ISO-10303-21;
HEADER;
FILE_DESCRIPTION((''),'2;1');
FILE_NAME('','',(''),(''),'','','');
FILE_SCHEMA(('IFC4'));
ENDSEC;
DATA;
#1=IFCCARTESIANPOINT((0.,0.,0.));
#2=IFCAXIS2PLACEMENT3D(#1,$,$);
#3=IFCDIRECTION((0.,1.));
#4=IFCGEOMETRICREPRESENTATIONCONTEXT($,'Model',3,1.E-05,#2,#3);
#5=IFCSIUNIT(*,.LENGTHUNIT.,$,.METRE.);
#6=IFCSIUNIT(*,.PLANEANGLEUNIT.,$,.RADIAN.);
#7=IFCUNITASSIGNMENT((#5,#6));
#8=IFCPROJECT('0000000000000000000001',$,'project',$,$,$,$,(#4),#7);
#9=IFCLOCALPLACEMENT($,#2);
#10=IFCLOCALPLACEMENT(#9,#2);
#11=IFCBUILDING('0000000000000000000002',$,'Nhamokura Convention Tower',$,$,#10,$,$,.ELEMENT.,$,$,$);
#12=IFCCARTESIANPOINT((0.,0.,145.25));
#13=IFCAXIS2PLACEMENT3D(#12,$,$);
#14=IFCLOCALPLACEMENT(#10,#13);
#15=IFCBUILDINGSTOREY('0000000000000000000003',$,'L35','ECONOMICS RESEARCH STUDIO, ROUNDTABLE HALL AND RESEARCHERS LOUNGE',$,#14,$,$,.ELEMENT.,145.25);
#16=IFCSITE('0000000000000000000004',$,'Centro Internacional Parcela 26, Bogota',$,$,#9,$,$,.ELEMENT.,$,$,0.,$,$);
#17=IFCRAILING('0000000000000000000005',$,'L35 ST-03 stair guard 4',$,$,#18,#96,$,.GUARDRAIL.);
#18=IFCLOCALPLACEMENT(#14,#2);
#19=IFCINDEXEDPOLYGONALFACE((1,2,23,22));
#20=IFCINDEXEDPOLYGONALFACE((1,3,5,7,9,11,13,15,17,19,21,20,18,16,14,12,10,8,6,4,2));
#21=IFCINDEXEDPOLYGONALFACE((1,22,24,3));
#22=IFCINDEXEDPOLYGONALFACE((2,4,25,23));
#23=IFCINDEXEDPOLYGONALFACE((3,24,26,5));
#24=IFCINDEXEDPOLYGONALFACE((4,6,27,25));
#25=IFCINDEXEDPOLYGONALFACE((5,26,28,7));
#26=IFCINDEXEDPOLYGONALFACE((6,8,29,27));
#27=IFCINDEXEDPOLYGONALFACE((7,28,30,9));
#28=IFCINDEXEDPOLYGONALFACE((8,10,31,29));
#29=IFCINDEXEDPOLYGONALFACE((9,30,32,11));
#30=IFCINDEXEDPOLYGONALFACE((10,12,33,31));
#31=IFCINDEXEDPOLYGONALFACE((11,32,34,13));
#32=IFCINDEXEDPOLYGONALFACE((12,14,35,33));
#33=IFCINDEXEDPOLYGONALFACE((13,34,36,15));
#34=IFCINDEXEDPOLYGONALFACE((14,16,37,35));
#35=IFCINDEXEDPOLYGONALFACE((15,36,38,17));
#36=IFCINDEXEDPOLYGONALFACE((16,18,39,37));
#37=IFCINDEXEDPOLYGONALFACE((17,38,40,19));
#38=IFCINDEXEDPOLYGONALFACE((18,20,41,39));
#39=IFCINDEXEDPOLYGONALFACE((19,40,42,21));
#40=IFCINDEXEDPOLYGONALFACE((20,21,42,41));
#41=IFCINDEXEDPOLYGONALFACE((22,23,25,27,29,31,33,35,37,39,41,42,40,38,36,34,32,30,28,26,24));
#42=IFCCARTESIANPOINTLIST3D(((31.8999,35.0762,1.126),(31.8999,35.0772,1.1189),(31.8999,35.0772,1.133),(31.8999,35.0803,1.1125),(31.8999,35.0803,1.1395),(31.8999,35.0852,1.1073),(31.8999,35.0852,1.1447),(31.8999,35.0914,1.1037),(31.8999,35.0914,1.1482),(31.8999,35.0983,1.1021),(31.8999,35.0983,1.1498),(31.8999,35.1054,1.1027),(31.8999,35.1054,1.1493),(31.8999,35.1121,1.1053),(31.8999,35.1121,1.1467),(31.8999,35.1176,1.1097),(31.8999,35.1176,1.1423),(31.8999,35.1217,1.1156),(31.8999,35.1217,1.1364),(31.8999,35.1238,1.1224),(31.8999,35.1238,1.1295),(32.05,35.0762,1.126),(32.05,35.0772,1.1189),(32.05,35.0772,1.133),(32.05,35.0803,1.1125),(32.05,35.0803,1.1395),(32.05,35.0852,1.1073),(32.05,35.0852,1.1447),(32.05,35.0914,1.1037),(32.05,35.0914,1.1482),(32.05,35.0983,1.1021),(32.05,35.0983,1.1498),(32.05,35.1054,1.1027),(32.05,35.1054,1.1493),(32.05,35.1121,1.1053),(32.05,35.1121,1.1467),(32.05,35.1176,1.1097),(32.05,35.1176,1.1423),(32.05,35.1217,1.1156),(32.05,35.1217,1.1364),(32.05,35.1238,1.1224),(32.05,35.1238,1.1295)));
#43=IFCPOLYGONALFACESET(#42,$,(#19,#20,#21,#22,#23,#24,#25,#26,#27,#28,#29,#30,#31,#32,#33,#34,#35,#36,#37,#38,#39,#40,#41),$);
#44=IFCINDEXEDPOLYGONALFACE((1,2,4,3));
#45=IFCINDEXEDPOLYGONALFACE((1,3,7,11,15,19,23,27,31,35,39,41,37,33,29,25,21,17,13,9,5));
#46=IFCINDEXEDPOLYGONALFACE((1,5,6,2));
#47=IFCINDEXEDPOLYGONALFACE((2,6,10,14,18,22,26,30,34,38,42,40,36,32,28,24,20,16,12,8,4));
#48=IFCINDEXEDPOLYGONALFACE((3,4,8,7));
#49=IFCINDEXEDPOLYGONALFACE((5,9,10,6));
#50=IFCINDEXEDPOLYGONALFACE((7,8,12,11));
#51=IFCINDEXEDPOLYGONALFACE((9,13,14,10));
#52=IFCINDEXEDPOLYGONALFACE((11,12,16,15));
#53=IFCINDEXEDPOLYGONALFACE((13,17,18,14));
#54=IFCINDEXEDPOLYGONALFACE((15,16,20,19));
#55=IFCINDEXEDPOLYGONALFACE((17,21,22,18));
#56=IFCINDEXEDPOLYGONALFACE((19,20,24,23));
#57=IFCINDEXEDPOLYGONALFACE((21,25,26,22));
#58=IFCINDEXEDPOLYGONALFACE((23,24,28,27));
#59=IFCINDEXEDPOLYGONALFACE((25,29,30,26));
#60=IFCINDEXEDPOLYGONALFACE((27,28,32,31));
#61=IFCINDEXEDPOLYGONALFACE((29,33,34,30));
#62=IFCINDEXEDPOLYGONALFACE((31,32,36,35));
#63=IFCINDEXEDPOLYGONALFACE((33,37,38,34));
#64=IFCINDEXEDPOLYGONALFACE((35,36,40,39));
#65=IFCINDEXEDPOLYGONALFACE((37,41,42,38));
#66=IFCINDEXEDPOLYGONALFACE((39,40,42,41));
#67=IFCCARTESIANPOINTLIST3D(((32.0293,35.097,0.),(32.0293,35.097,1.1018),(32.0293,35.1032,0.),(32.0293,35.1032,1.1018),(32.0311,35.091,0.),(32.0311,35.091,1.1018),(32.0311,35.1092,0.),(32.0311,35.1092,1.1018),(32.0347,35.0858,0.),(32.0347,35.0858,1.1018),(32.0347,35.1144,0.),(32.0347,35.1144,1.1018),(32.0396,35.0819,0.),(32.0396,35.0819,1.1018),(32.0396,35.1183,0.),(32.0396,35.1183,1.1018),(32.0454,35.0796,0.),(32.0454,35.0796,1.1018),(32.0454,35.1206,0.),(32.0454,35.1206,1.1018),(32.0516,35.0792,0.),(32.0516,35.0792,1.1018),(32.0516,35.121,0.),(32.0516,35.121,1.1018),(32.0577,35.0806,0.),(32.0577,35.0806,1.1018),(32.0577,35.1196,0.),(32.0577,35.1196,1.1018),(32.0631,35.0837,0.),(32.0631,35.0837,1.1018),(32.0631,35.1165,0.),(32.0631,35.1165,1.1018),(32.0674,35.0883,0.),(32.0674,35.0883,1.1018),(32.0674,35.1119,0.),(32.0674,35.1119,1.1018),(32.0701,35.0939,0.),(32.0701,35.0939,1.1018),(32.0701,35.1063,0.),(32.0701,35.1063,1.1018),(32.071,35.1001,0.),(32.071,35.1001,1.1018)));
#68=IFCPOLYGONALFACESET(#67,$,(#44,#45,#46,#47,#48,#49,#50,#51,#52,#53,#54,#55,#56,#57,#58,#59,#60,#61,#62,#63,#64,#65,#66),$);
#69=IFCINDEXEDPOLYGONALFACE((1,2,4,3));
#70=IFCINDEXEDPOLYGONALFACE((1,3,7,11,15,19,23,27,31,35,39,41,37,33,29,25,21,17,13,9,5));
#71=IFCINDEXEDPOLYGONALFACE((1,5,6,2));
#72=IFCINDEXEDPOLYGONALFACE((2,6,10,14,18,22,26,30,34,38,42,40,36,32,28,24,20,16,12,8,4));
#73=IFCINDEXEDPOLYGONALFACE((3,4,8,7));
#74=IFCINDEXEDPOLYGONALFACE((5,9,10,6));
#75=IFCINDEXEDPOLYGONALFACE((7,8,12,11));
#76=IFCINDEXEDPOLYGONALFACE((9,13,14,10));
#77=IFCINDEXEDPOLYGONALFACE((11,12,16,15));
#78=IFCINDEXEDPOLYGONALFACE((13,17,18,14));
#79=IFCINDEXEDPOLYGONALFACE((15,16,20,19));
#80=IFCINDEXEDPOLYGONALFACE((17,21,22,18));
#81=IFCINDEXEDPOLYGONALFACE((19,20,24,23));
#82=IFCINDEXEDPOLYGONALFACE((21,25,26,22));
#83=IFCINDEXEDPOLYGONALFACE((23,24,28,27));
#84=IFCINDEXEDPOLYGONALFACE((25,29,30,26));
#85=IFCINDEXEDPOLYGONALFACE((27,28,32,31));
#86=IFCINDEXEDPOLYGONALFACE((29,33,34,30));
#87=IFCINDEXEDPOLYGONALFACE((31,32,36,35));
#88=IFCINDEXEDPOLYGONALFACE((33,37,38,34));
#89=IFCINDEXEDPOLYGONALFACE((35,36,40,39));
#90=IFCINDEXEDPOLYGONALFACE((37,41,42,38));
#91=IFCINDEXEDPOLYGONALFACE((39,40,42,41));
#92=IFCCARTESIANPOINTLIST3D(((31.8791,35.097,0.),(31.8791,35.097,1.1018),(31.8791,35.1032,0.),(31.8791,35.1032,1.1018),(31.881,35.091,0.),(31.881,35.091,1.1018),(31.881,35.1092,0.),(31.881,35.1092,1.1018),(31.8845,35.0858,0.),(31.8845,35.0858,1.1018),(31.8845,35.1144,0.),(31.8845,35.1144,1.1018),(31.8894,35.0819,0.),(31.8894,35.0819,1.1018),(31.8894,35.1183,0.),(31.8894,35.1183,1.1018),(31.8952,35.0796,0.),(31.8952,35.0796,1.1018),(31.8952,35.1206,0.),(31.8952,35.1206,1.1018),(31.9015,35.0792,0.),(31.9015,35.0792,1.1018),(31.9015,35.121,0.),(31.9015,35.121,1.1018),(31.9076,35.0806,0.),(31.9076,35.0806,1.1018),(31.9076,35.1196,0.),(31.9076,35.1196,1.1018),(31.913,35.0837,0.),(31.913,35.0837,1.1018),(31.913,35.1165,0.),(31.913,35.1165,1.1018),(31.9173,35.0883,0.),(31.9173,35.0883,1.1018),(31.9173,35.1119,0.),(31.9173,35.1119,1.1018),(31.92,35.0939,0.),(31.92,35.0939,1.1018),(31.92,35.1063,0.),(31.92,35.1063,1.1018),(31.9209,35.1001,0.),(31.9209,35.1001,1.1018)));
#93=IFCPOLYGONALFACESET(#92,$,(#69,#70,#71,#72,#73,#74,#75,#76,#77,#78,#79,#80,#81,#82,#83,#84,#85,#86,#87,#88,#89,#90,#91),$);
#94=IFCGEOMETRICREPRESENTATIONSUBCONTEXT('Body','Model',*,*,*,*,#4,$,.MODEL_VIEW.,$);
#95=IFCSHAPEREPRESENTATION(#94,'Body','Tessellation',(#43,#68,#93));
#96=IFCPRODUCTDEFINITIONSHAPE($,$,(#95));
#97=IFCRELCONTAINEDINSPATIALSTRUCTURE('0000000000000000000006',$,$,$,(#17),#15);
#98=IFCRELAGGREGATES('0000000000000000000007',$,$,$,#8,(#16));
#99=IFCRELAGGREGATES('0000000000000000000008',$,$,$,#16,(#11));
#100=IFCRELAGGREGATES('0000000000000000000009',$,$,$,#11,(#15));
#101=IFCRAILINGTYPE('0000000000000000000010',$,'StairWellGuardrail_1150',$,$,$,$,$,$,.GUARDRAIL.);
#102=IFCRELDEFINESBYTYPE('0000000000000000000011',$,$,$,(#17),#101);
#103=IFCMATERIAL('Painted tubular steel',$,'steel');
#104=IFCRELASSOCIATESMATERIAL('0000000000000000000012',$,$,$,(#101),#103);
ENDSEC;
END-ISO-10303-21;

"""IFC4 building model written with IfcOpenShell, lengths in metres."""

from ifc_helpers import new_model, si_unit, direction, frame, origin, origin_2d, place, context, subcontext, project, spatial, circle, extrude, material, type_object, element, save


model = new_model("IFC4")

# Units and contexts
model_context = context("Model", 3, precision=1e-05, world=origin(), true_north=direction((0.0, 1.0)))
body_context = subcontext(model_context, "Body", "Model", "MODEL_VIEW")
ifc_project = project(units=[si_unit("LENGTHUNIT", "METRE"), si_unit("PLANEANGLEUNIT", "RADIAN")], contexts=[model_context])

# Site, building, storey
site_placement = place(None, origin())
site = spatial("IfcSite", under=ifc_project, at=site_placement, Name="Centro Internacional Parcela 26, Bogota", CompositionType="ELEMENT", RefElevation=0.0)
building_placement = place(site_placement, origin())
building = spatial("IfcBuilding", under=site, at=building_placement, Name="Nhamokura Convention Tower", CompositionType="ELEMENT")
storey_placement = place(building_placement, frame((0.0, 0.0, 145.25)))
storey = spatial("IfcBuildingStorey", under=building, at=storey_placement, Name="L35", Description="ECONOMICS RESEARCH STUDIO, ROUNDTABLE HALL AND RESEARCHERS LOUNGE", CompositionType="ELEMENT", Elevation=145.25)

# Railing
ifc_material_1 = material(Name="Painted tubular steel", Category="steel")
railing_type_1 = type_object("IfcRailingType", Name="StairWellGuardrail_1150", PredefinedType="GUARDRAIL", material=ifc_material_1)
railing_1_placement = place(storey_placement, frame((32.05, 35.1001, 0.0)))
element("IfcRailing", 1, at=railing_1_placement, inside=storey, type_object=railing_type_1, Name="L35 ST-03 stair guard 4", PredefinedType="GUARDRAIL", context=body_context, shape_type="SweptSolid", body=[
    extrude(circle(Radius=0.0239, at=origin_2d()), frame((0.0, 0.0, 1.126), z_axis=(-1.0, 0.0, 0.0), x_axis=(0.0, -1.0, 0.0)), (0.0, 0.0, 1.0), 0.1501),
    extrude(circle(Radius=0.021, at=origin_2d()), origin(), (0.0, 0.0, 1.0), 1.1018),
    extrude(circle(Radius=0.021, at=origin_2d()), frame((-0.1501, 0.0, 0.0)), (0.0, 0.0, 1.0), 1.1018),
])

save(model, "model.ifc")
